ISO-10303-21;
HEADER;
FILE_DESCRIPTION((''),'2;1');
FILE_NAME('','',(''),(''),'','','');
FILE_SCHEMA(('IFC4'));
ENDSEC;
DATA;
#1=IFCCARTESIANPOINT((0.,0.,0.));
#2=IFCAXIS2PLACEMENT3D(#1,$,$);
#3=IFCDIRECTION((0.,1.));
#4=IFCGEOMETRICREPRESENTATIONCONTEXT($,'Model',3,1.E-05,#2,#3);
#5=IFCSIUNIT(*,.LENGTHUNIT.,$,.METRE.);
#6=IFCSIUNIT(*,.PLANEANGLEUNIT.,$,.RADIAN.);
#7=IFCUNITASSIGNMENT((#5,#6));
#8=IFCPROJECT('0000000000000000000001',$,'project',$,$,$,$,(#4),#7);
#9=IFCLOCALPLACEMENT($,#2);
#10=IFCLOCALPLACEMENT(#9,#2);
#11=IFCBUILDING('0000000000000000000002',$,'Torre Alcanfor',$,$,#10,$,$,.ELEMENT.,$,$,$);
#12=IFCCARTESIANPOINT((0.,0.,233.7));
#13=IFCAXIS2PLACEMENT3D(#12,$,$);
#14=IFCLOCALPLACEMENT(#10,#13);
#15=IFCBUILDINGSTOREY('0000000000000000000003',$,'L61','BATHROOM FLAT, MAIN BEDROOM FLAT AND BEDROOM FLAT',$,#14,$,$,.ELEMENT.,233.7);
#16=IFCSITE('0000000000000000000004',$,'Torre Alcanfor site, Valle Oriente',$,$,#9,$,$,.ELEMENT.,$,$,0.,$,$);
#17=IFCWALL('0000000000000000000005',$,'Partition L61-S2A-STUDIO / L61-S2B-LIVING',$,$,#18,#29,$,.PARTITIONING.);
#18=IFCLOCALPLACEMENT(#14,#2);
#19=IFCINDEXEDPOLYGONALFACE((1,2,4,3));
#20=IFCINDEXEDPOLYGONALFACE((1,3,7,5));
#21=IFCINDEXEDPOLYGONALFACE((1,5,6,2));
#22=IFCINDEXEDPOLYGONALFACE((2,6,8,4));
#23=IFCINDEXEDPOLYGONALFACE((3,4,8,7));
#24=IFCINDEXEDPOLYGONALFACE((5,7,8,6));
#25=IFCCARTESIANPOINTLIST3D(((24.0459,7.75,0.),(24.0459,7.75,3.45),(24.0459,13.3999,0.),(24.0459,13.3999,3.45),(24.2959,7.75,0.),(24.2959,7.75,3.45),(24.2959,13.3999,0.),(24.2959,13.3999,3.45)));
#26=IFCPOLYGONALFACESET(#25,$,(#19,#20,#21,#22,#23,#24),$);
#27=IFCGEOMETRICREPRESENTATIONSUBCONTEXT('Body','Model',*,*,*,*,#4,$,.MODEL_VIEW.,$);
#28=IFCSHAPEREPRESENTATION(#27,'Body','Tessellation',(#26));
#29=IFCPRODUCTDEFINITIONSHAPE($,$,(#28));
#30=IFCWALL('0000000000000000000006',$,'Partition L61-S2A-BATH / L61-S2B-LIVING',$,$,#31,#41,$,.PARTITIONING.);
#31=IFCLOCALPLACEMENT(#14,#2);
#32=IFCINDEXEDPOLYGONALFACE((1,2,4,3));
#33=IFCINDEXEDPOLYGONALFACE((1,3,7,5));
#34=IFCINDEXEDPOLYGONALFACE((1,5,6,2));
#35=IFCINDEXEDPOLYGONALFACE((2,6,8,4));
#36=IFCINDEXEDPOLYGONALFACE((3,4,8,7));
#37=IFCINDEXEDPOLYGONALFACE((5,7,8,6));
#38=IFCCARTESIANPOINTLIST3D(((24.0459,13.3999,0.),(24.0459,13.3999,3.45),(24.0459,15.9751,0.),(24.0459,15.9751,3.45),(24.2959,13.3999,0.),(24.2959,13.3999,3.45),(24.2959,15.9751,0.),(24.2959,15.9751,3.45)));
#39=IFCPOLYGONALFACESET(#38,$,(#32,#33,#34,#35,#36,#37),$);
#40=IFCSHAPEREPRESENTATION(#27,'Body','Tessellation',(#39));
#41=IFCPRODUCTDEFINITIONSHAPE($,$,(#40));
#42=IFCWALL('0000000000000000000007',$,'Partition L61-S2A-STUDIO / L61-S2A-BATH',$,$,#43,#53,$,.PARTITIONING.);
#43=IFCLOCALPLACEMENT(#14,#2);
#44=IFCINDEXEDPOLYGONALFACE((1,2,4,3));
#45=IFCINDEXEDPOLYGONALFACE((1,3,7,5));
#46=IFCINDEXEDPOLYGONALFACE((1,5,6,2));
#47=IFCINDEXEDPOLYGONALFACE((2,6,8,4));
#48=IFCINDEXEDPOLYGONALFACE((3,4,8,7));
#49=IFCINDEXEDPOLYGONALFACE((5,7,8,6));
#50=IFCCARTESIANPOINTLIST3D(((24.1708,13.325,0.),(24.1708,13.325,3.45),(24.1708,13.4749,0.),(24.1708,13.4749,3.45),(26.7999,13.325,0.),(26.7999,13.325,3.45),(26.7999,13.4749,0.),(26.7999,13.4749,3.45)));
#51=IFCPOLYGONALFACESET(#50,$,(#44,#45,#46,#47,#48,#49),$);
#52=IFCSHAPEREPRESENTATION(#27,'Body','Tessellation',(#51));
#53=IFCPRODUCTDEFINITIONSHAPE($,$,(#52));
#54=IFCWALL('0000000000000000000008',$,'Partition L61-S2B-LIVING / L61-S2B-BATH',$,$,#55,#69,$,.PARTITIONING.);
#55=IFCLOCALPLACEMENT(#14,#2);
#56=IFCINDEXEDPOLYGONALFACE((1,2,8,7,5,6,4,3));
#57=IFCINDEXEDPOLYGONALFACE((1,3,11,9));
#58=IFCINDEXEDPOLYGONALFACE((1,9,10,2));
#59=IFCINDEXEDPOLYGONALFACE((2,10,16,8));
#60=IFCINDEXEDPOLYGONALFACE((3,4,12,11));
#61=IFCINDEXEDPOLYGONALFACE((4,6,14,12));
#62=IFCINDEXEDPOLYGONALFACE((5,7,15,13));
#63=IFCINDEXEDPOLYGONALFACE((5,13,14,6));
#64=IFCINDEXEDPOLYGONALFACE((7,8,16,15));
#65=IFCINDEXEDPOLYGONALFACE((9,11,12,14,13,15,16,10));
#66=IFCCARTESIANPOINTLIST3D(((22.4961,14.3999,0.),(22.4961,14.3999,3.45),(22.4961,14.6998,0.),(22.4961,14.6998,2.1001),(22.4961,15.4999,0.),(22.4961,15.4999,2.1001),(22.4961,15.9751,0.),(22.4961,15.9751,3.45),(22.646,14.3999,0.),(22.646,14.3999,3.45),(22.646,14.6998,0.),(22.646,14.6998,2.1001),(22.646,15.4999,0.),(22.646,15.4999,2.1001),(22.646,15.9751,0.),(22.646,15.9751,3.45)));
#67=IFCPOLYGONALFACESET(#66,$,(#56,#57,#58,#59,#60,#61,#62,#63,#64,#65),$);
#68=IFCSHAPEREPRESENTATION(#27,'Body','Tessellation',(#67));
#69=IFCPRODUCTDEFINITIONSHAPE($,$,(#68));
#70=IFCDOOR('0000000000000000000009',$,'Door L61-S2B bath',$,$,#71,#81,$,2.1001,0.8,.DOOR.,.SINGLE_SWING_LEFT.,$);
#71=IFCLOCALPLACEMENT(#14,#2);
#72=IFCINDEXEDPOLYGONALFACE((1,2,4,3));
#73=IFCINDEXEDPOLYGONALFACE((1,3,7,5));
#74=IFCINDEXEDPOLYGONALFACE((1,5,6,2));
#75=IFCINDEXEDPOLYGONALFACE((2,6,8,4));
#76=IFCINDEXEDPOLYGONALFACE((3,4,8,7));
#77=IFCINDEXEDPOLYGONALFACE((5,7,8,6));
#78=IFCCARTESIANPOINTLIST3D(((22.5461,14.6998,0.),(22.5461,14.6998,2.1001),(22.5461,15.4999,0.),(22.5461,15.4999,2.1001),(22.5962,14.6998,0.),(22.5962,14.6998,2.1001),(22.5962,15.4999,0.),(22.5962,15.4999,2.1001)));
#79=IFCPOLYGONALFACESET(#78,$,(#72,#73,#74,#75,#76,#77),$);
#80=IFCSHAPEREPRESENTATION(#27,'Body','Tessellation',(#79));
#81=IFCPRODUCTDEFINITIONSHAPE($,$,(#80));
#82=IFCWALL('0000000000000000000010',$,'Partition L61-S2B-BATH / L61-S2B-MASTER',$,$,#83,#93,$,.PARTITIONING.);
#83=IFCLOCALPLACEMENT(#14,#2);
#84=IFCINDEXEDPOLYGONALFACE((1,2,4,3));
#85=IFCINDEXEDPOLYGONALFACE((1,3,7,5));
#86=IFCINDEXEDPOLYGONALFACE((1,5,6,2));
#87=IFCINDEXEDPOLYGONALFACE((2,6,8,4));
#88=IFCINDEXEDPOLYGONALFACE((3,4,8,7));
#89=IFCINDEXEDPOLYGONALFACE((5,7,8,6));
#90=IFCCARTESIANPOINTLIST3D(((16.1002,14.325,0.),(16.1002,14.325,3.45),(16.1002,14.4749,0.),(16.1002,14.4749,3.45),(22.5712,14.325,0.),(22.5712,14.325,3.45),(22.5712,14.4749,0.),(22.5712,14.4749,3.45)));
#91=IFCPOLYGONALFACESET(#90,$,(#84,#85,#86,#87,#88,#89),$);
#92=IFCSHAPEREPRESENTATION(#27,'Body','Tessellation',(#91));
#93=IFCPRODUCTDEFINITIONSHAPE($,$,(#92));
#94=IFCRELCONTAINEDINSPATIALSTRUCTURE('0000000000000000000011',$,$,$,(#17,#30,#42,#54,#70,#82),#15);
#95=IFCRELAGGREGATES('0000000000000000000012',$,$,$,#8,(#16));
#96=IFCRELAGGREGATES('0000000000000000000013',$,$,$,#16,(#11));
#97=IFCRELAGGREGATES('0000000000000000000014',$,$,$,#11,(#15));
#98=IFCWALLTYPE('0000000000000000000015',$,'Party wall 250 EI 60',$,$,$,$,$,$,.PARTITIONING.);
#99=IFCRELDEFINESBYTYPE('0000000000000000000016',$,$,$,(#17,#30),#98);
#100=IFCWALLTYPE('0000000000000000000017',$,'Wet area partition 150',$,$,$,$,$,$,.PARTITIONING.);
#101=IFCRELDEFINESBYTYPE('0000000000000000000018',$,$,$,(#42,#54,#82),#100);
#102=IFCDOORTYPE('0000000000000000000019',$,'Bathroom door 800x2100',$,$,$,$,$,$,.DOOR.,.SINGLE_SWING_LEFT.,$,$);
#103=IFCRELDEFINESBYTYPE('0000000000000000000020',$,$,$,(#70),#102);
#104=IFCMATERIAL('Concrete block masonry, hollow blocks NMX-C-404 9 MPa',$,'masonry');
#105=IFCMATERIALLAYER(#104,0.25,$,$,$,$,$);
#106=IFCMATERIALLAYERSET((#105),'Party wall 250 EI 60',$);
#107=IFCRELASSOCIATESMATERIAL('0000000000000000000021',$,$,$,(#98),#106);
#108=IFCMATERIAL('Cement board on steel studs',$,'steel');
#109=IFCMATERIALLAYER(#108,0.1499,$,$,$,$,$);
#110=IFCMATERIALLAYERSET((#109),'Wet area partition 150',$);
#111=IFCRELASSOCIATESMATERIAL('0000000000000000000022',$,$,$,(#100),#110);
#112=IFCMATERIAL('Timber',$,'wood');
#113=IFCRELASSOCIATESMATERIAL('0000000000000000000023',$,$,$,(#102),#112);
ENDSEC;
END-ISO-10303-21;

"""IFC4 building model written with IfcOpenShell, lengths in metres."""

from ifc_helpers import new_model, si_unit, direction, frame, frame_2d, origin, place, context, subcontext, project, spatial, rectangle, extrude, material, layer, layer_set, type_object, element, fill, save


model = new_model("IFC4")

# Units and contexts
model_context = context("Model", 3, precision=1e-05, world=origin(), true_north=direction((0.0, 1.0)))
body_context = subcontext(model_context, "Body", "Model", "MODEL_VIEW")
ifc_project = project(units=[si_unit("LENGTHUNIT", "METRE"), si_unit("PLANEANGLEUNIT", "RADIAN")], contexts=[model_context])

# Site, building, storey
site_placement = place(None, origin())
site = spatial("IfcSite", under=ifc_project, at=site_placement, Name="Torre Alcanfor site, Valle Oriente", CompositionType="ELEMENT", RefElevation=0.0)
building_placement = place(site_placement, origin())
building = spatial("IfcBuilding", under=site, at=building_placement, Name="Torre Alcanfor", CompositionType="ELEMENT")
storey_placement = place(building_placement, frame((0.0, 0.0, 233.7)))
storey = spatial("IfcBuildingStorey", under=building, at=storey_placement, Name="L61", Description="BATHROOM FLAT, MAIN BEDROOM FLAT AND BEDROOM FLAT", CompositionType="ELEMENT", Elevation=233.7)

# Walls
ifc_material_1 = material(Name="Concrete block masonry, hollow blocks NMX-C-404 9 MPa", Category="masonry")
ifc_layer_1 = layer(ifc_material_1, 0.25)
ifc_layer_set_1 = layer_set([ifc_layer_1], Name="Party wall 250 EI 60")
wall_type_1 = type_object("IfcWallType", Name="Party wall 250 EI 60", PredefinedType="PARTITIONING", material=ifc_layer_set_1)
wall_1_placement = place(storey_placement, frame((24.1709, 7.75, 0.0), z_axis=(0.0, 0.0, 1.0), x_axis=(0.0, 1.0, 0.0)))
element("IfcWall", 1, at=wall_1_placement, inside=storey, type_object=wall_type_1, Name="Partition L61-S2A-STUDIO / L61-S2B-LIVING", PredefinedType="PARTITIONING", context=body_context, shape_type="SweptSolid", body=[
    extrude(rectangle(XDim=5.6499, YDim=0.25, at=frame_2d((2.825, 0.0))), origin(), (0.0, 0.0, 1.0), 3.45),
])
wall_2_placement = place(storey_placement, frame((24.1709, 13.3999, 0.0), z_axis=(0.0, 0.0, 1.0), x_axis=(0.0, 1.0, 0.0)))
element("IfcWall", 2, at=wall_2_placement, inside=storey, type_object=wall_type_1, Name="Partition L61-S2A-BATH / L61-S2B-LIVING", PredefinedType="PARTITIONING", context=body_context, shape_type="SweptSolid", body=[
    extrude(rectangle(XDim=2.5752, YDim=0.25, at=frame_2d((1.2876, 0.0))), origin(), (0.0, 0.0, 1.0), 3.45),
])
ifc_material_2 = material(Name="Cement board on steel studs", Category="steel")
ifc_layer_2 = layer(ifc_material_2, 0.1499)
ifc_layer_set_2 = layer_set([ifc_layer_2], Name="Wet area partition 150")
wall_type_2 = type_object("IfcWallType", Name="Wet area partition 150", PredefinedType="PARTITIONING", material=ifc_layer_set_2)
wall_3_placement = place(storey_placement, frame((24.1709, 13.3999, 0.0), z_axis=(0.0, 0.0, 1.0), x_axis=(1.0, 0.0, 0.0)))
element("IfcWall", 3, at=wall_3_placement, inside=storey, type_object=wall_type_2, Name="Partition L61-S2A-STUDIO / L61-S2A-BATH", PredefinedType="PARTITIONING", context=body_context, shape_type="SweptSolid", body=[
    extrude(rectangle(XDim=2.6292, YDim=0.1499, at=frame_2d((1.3145, 0.0))), origin(), (0.0, 0.0, 1.0), 3.45),
])

# Wall, opening, door
wall_4_placement = place(storey_placement, frame((22.571, 14.3999, 0.0), z_axis=(0.0, 0.0, 1.0), x_axis=(0.0, 1.0, 0.0)))
wall_4 = element("IfcWall", 4, at=wall_4_placement, inside=storey, type_object=wall_type_2, Name="Partition L61-S2B-LIVING / L61-S2B-BATH", PredefinedType="PARTITIONING", context=body_context, shape_type="SweptSolid", body=[
    extrude(rectangle(XDim=1.5752, YDim=0.1499, at=frame_2d((0.7876, 0.0))), origin(), (0.0, 0.0, 1.0), 3.45),
])
opening_1_placement = place(wall_4_placement, frame((0.3, 0.0, 0.0)))
opening_1 = element("IfcOpeningElement", 5, at=opening_1_placement, cuts=wall_4, PredefinedType="OPENING", context=body_context, shape_type="SweptSolid", body=[
    extrude(rectangle(XDim=0.8, YDim=2.1001, at=frame_2d((0.3999, 1.05))), frame((0.0, 0.085, 0.0), z_axis=(0.0, -1.0, 0.0), x_axis=(1.0, 0.0, 0.0)), (0.0, 0.0, 1.0), 0.1699),
])
ifc_material_3 = material(Name="Timber", Category="wood")
door_type_1 = type_object("IfcDoorType", Name="Bathroom door 800x2100", OperationType="SINGLE_SWING_LEFT", PredefinedType="DOOR", material=ifc_material_3)
door_1_placement = place(opening_1_placement, origin())
door_1 = element("IfcDoor", 6, at=door_1_placement, inside=storey, type_object=door_type_1, Name="Door L61-S2B bath", OperationType="SINGLE_SWING_LEFT", OverallHeight=2.1001, OverallWidth=0.8, PredefinedType="DOOR", context=body_context, shape_type="SweptSolid", body=[
    extrude(rectangle(XDim=0.8, YDim=2.1001, at=frame_2d((0.3999, 1.05))), frame((0.0, 0.0249, 0.0), z_axis=(0.0, -1.0, 0.0), x_axis=(1.0, 0.0, 0.0)), (0.0, 0.0, 1.0), 0.05),
])
fill(opening_1, door_1)

# Wall
wall_5_placement = place(storey_placement, frame((22.571, 14.3999, 0.0), z_axis=(0.0, 0.0, 1.0), x_axis=(-1.0, 0.0, 0.0)))
element("IfcWall", 7, at=wall_5_placement, inside=storey, type_object=wall_type_2, Name="Partition L61-S2B-BATH / L61-S2B-MASTER", PredefinedType="PARTITIONING", context=body_context, shape_type="SweptSolid", body=[
    extrude(rectangle(XDim=6.4709, YDim=0.1499, at=frame_2d((3.2354, 0.0))), origin(), (0.0, 0.0, 1.0), 3.45),
])

save(model, "model.ifc")
